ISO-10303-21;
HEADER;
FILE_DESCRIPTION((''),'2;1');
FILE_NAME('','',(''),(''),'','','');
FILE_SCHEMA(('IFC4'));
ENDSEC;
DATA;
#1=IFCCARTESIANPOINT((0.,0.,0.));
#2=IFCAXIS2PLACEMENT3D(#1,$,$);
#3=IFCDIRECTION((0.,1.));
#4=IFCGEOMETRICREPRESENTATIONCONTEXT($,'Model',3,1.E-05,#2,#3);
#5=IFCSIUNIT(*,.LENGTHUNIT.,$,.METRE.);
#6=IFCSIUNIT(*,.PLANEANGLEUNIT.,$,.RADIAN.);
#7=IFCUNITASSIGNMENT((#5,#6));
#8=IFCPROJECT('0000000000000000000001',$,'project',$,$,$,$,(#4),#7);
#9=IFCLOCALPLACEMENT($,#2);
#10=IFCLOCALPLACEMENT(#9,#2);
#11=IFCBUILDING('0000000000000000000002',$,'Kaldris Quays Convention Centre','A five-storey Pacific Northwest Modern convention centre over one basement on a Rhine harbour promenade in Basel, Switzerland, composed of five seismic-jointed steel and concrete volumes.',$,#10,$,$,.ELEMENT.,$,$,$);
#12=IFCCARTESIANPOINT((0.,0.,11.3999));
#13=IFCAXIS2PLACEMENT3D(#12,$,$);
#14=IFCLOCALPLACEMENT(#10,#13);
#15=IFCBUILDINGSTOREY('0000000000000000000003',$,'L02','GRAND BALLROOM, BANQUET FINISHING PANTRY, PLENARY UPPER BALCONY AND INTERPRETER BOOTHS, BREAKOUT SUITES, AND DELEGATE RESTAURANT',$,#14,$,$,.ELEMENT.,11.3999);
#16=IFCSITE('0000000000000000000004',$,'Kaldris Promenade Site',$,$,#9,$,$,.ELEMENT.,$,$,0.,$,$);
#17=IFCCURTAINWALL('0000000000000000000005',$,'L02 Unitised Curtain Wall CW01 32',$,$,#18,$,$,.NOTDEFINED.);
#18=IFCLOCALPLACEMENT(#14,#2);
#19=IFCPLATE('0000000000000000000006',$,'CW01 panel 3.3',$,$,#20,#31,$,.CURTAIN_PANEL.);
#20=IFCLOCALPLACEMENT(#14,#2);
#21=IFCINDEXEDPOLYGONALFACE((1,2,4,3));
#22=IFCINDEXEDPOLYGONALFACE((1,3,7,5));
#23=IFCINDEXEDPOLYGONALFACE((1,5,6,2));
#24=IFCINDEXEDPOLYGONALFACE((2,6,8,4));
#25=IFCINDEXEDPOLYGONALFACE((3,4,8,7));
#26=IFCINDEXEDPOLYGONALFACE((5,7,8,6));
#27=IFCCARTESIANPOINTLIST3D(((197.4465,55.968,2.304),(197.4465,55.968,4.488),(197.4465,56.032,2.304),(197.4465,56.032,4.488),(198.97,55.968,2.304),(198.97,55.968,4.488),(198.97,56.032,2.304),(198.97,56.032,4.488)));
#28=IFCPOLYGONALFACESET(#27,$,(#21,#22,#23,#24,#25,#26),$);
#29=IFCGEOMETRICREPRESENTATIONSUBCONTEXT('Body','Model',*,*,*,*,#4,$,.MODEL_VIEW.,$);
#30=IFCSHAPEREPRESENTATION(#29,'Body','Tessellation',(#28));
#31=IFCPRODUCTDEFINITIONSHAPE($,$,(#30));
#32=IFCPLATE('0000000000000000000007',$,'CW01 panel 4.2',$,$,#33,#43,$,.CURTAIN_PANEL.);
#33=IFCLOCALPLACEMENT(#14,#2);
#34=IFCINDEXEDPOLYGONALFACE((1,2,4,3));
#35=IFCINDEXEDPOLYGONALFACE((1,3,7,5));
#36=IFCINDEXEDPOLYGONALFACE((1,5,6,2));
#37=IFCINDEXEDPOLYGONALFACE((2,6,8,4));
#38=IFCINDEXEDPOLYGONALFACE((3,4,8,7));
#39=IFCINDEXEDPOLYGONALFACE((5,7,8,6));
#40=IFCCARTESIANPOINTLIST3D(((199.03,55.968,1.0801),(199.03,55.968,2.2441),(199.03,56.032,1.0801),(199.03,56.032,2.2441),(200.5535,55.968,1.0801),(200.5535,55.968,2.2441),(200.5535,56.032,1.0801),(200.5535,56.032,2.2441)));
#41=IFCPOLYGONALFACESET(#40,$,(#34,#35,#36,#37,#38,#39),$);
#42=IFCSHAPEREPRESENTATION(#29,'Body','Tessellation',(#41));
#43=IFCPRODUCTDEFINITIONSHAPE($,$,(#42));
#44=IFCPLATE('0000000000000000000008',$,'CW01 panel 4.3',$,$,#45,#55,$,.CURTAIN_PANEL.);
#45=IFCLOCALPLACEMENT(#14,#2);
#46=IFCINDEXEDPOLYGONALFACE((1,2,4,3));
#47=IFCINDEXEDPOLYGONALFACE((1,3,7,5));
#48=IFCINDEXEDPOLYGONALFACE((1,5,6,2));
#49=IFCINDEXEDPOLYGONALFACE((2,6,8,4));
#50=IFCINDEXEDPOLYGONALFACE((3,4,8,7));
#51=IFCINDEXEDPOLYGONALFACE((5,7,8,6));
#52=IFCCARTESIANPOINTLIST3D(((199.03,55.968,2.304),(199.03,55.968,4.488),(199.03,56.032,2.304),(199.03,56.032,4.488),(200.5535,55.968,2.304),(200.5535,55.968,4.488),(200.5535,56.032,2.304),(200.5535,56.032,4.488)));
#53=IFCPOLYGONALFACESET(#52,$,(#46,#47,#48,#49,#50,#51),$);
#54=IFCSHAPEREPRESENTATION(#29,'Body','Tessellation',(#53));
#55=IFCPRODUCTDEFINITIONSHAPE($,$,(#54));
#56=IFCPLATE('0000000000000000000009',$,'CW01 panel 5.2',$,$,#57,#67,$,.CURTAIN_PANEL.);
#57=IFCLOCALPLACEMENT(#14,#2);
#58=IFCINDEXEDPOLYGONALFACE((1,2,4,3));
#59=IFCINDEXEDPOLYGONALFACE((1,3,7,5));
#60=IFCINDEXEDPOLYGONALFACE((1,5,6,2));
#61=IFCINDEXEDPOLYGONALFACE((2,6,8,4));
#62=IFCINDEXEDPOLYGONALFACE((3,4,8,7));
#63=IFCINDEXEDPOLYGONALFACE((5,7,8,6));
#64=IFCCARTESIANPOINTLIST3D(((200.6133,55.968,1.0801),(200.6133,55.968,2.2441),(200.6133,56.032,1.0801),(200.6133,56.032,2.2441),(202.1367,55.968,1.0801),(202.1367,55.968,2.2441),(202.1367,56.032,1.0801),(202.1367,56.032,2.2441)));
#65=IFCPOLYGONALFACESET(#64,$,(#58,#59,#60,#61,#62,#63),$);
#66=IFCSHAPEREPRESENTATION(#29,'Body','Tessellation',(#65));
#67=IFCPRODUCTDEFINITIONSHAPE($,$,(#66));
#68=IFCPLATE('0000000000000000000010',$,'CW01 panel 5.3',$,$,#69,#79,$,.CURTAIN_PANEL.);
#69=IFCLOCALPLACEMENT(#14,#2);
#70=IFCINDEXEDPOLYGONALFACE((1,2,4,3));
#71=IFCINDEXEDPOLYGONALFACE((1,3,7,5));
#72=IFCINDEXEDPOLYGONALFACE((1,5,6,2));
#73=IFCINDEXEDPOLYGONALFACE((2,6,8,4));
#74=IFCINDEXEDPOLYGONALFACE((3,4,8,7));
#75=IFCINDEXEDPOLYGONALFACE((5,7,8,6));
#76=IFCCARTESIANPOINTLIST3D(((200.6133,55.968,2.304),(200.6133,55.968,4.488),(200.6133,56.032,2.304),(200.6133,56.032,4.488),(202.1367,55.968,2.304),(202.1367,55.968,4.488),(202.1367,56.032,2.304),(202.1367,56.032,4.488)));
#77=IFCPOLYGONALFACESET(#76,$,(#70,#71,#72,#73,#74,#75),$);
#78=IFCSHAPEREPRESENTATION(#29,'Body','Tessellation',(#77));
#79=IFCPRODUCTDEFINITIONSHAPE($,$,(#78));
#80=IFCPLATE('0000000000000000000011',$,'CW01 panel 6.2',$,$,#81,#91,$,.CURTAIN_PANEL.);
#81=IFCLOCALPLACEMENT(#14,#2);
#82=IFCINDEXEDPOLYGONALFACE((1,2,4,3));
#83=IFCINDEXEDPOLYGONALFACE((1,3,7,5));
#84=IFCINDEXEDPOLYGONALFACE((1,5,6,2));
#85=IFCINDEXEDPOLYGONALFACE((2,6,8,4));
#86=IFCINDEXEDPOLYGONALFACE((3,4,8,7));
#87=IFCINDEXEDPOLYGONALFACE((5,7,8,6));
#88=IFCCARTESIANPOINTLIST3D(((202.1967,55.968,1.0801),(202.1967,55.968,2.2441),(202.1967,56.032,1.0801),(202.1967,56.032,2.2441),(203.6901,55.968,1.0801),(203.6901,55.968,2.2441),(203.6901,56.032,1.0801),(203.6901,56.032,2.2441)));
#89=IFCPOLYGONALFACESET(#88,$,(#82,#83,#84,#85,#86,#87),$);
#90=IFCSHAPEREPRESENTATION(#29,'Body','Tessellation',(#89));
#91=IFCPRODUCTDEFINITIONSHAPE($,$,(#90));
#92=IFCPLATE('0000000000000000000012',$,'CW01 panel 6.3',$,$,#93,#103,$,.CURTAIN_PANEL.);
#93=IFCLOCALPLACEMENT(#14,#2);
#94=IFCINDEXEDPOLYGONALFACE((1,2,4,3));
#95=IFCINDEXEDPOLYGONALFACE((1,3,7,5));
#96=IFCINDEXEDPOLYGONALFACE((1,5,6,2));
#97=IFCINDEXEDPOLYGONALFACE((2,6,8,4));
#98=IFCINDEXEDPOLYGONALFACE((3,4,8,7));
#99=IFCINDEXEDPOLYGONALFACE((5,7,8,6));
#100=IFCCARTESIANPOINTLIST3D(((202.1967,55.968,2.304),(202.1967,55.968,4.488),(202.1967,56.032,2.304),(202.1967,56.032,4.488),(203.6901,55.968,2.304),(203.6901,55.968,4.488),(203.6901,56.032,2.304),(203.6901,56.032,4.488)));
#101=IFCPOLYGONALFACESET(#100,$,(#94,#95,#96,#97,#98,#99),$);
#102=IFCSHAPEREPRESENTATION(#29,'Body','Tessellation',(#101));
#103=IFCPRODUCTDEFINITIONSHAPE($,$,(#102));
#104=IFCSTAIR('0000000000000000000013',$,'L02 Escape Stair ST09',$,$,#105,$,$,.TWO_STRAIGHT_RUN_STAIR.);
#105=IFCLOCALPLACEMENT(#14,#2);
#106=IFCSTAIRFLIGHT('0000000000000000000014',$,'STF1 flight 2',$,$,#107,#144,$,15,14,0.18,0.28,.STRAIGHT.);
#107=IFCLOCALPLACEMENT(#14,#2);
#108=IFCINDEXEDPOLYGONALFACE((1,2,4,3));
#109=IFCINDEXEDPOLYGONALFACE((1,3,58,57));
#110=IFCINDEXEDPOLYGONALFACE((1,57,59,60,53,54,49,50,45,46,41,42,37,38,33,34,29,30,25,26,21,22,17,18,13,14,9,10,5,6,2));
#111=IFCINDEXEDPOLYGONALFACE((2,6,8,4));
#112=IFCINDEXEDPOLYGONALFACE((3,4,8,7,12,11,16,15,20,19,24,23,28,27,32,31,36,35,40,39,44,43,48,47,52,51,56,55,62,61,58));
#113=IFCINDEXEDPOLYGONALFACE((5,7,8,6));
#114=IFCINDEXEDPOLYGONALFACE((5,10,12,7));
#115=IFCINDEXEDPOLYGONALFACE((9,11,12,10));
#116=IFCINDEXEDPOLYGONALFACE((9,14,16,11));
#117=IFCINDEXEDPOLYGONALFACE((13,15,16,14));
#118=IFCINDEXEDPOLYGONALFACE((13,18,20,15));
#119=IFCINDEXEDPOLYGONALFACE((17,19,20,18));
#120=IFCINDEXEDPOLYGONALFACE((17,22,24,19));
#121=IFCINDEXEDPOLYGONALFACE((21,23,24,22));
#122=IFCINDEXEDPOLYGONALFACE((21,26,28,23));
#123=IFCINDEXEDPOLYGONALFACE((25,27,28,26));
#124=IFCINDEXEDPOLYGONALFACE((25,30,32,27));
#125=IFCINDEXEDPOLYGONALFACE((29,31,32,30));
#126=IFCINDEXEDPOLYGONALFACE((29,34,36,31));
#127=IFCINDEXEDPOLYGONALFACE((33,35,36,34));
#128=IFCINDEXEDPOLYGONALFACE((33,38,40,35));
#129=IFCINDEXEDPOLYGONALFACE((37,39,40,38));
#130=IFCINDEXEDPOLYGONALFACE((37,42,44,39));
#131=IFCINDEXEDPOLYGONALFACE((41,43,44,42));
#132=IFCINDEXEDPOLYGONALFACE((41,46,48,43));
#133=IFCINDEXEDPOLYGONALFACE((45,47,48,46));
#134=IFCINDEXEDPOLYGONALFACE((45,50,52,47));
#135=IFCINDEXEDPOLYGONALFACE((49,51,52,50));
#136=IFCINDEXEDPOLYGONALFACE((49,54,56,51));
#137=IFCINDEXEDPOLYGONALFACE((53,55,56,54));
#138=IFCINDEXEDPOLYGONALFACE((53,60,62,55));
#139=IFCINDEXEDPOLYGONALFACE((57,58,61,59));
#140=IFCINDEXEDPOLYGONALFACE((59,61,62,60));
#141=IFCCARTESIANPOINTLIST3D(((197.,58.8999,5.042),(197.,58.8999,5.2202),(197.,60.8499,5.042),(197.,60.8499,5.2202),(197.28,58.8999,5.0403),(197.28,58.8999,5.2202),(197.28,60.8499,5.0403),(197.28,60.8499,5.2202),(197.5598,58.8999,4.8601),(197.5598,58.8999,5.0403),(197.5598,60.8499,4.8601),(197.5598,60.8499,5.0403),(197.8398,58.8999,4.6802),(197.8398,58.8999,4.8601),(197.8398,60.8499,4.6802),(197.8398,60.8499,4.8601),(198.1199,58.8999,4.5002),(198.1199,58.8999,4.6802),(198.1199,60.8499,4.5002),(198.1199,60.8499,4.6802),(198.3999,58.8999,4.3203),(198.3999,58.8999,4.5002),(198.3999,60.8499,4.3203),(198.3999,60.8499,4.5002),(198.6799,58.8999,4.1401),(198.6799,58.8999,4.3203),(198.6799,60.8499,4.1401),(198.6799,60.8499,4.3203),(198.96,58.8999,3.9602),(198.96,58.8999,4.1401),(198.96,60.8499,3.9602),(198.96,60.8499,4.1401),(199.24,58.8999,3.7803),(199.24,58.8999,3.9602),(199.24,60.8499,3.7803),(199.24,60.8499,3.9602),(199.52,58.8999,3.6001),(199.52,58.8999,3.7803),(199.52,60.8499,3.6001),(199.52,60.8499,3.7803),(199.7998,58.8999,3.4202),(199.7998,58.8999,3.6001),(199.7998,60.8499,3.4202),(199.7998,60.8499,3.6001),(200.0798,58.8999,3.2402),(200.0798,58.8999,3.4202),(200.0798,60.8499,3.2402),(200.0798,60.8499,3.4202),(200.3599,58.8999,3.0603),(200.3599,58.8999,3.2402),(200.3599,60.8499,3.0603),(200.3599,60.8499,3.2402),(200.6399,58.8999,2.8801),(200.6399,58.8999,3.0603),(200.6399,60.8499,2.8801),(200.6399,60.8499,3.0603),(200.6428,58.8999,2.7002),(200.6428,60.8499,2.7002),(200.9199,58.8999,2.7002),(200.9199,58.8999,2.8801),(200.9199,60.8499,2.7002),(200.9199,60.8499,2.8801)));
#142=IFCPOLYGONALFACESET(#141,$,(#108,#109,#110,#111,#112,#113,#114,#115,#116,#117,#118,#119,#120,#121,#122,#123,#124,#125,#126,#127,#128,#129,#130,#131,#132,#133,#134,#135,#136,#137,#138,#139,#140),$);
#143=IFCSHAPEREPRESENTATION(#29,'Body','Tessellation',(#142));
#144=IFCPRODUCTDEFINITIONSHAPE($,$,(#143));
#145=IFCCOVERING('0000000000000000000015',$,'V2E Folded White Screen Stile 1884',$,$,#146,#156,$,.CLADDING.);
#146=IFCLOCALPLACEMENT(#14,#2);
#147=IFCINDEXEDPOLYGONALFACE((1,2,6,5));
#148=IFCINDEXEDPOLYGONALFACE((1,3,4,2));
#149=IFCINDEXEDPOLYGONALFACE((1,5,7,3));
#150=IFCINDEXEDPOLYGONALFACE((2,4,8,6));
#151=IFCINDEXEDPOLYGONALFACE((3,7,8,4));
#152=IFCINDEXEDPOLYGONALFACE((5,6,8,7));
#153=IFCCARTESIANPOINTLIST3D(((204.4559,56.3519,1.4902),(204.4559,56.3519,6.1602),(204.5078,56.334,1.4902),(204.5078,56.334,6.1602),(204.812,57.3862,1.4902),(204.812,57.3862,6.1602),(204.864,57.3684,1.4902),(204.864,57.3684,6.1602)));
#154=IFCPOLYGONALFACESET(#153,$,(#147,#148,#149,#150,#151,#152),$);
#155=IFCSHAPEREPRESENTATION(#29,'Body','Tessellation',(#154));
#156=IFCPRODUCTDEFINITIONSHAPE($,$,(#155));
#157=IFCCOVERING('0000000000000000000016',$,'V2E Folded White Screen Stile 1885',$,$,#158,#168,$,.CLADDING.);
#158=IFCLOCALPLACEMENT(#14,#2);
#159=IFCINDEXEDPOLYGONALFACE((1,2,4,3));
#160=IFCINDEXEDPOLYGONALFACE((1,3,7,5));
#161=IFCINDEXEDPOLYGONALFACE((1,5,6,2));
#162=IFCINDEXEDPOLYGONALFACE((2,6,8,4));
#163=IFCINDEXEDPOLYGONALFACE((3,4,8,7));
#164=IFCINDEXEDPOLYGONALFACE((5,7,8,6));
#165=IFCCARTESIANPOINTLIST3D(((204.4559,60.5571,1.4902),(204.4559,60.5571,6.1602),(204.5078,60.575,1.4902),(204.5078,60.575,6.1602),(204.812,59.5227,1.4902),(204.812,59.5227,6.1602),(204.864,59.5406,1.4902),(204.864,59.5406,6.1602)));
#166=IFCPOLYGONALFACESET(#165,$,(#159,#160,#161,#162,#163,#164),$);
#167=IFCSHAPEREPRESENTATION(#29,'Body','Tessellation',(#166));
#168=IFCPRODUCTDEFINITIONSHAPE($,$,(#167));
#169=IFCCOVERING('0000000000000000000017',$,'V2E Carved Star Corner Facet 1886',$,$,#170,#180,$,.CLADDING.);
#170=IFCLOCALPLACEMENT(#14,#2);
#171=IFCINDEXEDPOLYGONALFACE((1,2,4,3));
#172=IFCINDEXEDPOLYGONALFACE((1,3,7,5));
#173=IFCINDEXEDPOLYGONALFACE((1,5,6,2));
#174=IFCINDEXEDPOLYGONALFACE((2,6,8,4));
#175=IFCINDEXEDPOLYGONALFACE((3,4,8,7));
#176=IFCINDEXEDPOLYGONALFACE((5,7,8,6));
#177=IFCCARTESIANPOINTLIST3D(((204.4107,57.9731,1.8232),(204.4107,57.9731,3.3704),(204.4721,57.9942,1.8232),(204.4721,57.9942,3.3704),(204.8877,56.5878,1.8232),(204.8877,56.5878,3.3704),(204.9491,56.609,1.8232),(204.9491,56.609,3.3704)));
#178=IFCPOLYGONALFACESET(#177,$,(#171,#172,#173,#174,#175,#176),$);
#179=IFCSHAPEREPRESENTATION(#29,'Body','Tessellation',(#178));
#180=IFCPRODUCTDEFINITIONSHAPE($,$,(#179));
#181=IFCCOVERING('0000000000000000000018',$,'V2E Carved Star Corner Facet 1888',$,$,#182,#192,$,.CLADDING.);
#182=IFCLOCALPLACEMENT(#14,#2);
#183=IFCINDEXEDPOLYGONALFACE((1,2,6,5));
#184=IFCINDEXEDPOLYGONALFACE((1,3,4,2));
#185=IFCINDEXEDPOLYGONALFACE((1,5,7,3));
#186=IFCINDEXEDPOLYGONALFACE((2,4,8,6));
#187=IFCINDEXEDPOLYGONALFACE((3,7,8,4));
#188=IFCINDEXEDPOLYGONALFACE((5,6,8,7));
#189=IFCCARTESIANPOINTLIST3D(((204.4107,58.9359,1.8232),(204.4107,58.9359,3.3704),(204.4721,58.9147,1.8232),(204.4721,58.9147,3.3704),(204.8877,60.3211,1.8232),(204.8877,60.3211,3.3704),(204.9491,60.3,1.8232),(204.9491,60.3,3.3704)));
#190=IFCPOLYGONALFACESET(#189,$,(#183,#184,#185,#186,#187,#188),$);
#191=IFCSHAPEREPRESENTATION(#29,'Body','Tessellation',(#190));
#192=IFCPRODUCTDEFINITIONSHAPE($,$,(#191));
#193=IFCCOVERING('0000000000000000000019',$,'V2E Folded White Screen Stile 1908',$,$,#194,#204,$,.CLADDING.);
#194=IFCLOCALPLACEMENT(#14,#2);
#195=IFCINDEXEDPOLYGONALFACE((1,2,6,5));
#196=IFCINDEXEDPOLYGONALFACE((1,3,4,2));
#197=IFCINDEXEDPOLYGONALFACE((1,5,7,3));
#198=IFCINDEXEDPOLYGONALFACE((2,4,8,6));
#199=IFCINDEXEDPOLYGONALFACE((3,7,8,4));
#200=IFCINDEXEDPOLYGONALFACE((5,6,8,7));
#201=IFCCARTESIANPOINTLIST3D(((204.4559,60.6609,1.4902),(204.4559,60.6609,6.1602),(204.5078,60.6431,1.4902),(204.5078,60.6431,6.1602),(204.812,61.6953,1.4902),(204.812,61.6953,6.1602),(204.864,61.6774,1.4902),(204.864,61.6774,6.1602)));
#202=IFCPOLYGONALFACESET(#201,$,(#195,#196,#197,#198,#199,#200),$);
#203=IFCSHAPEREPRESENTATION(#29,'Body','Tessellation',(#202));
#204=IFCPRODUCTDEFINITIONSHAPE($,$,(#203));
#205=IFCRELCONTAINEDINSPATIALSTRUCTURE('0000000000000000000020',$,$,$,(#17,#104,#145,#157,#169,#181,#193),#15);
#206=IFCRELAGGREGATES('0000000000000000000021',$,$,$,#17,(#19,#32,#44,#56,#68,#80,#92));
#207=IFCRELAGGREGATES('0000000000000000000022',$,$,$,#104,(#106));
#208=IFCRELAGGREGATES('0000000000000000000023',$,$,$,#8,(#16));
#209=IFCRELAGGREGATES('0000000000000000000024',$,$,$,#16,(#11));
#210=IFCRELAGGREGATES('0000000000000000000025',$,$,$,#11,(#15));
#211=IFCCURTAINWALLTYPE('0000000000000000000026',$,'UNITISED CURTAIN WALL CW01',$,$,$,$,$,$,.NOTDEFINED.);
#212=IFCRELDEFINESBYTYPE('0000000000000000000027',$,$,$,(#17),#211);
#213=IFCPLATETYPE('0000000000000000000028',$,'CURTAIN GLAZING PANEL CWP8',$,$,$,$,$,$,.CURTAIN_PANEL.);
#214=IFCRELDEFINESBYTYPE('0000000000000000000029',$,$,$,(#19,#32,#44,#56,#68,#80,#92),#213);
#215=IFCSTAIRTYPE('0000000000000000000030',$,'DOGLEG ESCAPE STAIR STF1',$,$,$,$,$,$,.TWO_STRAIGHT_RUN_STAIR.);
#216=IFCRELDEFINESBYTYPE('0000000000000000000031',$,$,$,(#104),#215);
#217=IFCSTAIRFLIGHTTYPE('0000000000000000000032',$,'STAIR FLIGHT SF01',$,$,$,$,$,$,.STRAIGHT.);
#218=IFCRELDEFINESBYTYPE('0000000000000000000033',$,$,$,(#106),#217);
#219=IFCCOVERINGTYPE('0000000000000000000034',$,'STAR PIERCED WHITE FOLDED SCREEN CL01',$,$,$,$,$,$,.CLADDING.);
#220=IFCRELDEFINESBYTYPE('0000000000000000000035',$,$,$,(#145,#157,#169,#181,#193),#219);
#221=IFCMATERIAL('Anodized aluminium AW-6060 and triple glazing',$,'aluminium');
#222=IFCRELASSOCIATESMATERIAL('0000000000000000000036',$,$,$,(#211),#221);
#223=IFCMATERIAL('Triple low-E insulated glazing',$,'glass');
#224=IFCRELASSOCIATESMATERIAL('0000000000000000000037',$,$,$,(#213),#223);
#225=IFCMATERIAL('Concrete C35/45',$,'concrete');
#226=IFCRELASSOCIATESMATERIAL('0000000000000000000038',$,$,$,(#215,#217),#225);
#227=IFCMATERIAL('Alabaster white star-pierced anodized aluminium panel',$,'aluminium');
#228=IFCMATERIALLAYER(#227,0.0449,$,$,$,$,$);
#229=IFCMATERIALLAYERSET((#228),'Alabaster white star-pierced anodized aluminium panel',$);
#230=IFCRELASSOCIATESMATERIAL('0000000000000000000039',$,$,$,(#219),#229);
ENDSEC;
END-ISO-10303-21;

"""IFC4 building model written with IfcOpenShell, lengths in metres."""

from ifc_helpers import new_model, si_unit, direction, frame, origin, origin_2d, place, context, subcontext, project, spatial, polyline, rectangle, outline, extrude, material, layer, layer_set, type_object, element, aggregate, save


model = new_model("IFC4")

# Units and contexts
model_context = context("Model", 3, precision=1e-05, world=origin(), true_north=direction((0.0, 1.0)))
body_context = subcontext(model_context, "Body", "Model", "MODEL_VIEW")
ifc_project = project(units=[si_unit("LENGTHUNIT", "METRE"), si_unit("PLANEANGLEUNIT", "RADIAN")], contexts=[model_context])

# Site, building, storey
site_placement = place(None, origin())
site = spatial("IfcSite", under=ifc_project, at=site_placement, Name="Kaldris Promenade Site", CompositionType="ELEMENT", RefElevation=0.0)
building_placement = place(site_placement, origin())
building = spatial("IfcBuilding", under=site, at=building_placement, Name="Kaldris Quays Convention Centre", Description="A five-storey Pacific Northwest Modern convention centre over one basement on a Rhine harbour promenade in Basel, Switzerland, composed of five seismic-jointed steel and concrete volumes.", CompositionType="ELEMENT")
storey_placement = place(building_placement, frame((0.0, 0.0, 11.3999)))
storey = spatial("IfcBuildingStorey", under=building, at=storey_placement, Name="L02", Description="GRAND BALLROOM, BANQUET FINISHING PANTRY, PLENARY UPPER BALCONY AND INTERPRETER BOOTHS, BREAKOUT SUITES, AND DELEGATE RESTAURANT", CompositionType="ELEMENT", Elevation=11.3999)

# Curtain wall
ifc_material_1 = material(Name="Anodized aluminium AW-6060 and triple glazing", Category="aluminium")
curtain_wall_type_1 = type_object("IfcCurtainWallType", Name="UNITISED CURTAIN WALL CW01", PredefinedType="NOTDEFINED", material=ifc_material_1)
curtain_wall_1_placement = place(storey_placement, origin())
curtain_wall_1 = element("IfcCurtainWall", 1, at=curtain_wall_1_placement, inside=storey, type_object=curtain_wall_type_1, Name="L02 Unitised Curtain Wall CW01 32", PredefinedType="NOTDEFINED")

# Shared definitions
ifc_material_2 = material(Name="Triple low-E insulated glazing", Category="glass")

# Plates
plate_type_1 = type_object("IfcPlateType", Name="CURTAIN GLAZING PANEL CWP8", PredefinedType="CURTAIN_PANEL", material=ifc_material_2)
plate_1_placement = place(storey_placement, frame((198.2083, 56.0, 2.304), z_axis=(0.0, 0.0, 1.0), x_axis=(1.0, 0.0, 0.0)))
plate_1 = element("IfcPlate", 2, at=plate_1_placement, type_object=plate_type_1, Name="CW01 panel 3.3", PredefinedType="CURTAIN_PANEL", context=body_context, shape_type="SweptSolid", body=[
    extrude(rectangle(XDim=1.5234, YDim=0.064, at=origin_2d()), origin(), (0.0, 0.0, 1.0), 2.1841),
])
plate_2_placement = place(storey_placement, frame((199.7917, 56.0, 1.0801), z_axis=(0.0, 0.0, 1.0), x_axis=(1.0, 0.0, 0.0)))
plate_2 = element("IfcPlate", 3, at=plate_2_placement, type_object=plate_type_1, Name="CW01 panel 4.2", PredefinedType="CURTAIN_PANEL", context=body_context, shape_type="SweptSolid", body=[
    extrude(rectangle(XDim=1.5234, YDim=0.064, at=origin_2d()), origin(), (0.0, 0.0, 1.0), 1.1641),
])
plate_3_placement = place(storey_placement, frame((199.7917, 56.0, 2.304), z_axis=(0.0, 0.0, 1.0), x_axis=(1.0, 0.0, 0.0)))
plate_3 = element("IfcPlate", 4, at=plate_3_placement, type_object=plate_type_1, Name="CW01 panel 4.3", PredefinedType="CURTAIN_PANEL", context=body_context, shape_type="SweptSolid", body=[
    extrude(rectangle(XDim=1.5234, YDim=0.064, at=origin_2d()), origin(), (0.0, 0.0, 1.0), 2.1841),
])
plate_4_placement = place(storey_placement, frame((201.375, 56.0, 1.0801), z_axis=(0.0, 0.0, 1.0), x_axis=(1.0, 0.0, 0.0)))
plate_4 = element("IfcPlate", 5, at=plate_4_placement, type_object=plate_type_1, Name="CW01 panel 5.2", PredefinedType="CURTAIN_PANEL", context=body_context, shape_type="SweptSolid", body=[
    extrude(rectangle(XDim=1.5234, YDim=0.064, at=origin_2d()), origin(), (0.0, 0.0, 1.0), 1.1641),
])
plate_5_placement = place(storey_placement, frame((201.375, 56.0, 2.304), z_axis=(0.0, 0.0, 1.0), x_axis=(1.0, 0.0, 0.0)))
plate_5 = element("IfcPlate", 6, at=plate_5_placement, type_object=plate_type_1, Name="CW01 panel 5.3", PredefinedType="CURTAIN_PANEL", context=body_context, shape_type="SweptSolid", body=[
    extrude(rectangle(XDim=1.5234, YDim=0.064, at=origin_2d()), origin(), (0.0, 0.0, 1.0), 2.1841),
])
plate_6_placement = place(storey_placement, frame((202.9434, 56.0, 1.0801), z_axis=(0.0, 0.0, 1.0), x_axis=(1.0, 0.0, 0.0)))
plate_6 = element("IfcPlate", 7, at=plate_6_placement, type_object=plate_type_1, Name="CW01 panel 6.2", PredefinedType="CURTAIN_PANEL", context=body_context, shape_type="SweptSolid", body=[
    extrude(rectangle(XDim=1.4934, YDim=0.064, at=origin_2d()), origin(), (0.0, 0.0, 1.0), 1.1641),
])
plate_7_placement = place(storey_placement, frame((202.9434, 56.0, 2.304), z_axis=(0.0, 0.0, 1.0), x_axis=(1.0, 0.0, 0.0)))
plate_7 = element("IfcPlate", 8, at=plate_7_placement, type_object=plate_type_1, Name="CW01 panel 6.3", PredefinedType="CURTAIN_PANEL", context=body_context, shape_type="SweptSolid", body=[
    extrude(rectangle(XDim=1.4934, YDim=0.064, at=origin_2d()), origin(), (0.0, 0.0, 1.0), 2.1841),
])
aggregate(curtain_wall_1, [plate_1, plate_2, plate_3, plate_4, plate_5, plate_6, plate_7])

# Stair, stair flight
ifc_material_3 = material(Name="Concrete C35/45", Category="concrete")
stair_type = type_object("IfcStairType", Name="DOGLEG ESCAPE STAIR STF1", PredefinedType="TWO_STRAIGHT_RUN_STAIR", material=ifc_material_3)
stair_placement = place(storey_placement, origin())
stair = element("IfcStair", 9, at=stair_placement, inside=storey, type_object=stair_type, Name="L02 Escape Stair ST09", PredefinedType="TWO_STRAIGHT_RUN_STAIR")
stair_flight_type = type_object("IfcStairFlightType", Name="STAIR FLIGHT SF01", PredefinedType="STRAIGHT", material=ifc_material_3)
stair_flight_placement = place(storey_placement, frame((200.9199, 59.875, 2.7002), z_axis=(0.0, 0.0, 1.0), x_axis=(-1.0, 0.0, 0.0)))
stair_flight = element("IfcStairFlight", 10, at=stair_flight_placement, type_object=stair_flight_type, Name="STF1 flight 2", NumberOfRisers=15, NumberOfTreads=14, PredefinedType="STRAIGHT", RiserHeight=0.18, TreadLength=0.28, context=body_context, shape_type="SweptSolid", body=[
    extrude(outline(polyline([(0.0, 0.0), (0.0, 0.1799), (0.28, 0.1799), (0.28, 0.3601), (0.5601, 0.3601), (0.5601, 0.54), (0.8401, 0.54), (0.8401, 0.72), (1.1201, 0.72), (1.1201, 0.8999), (1.3999, 0.8999), (1.3999, 1.0801), (1.6799, 1.0801), (1.6799, 1.26), (1.96, 1.26), (1.96, 1.4399), (2.24, 1.4399), (2.24, 1.6201), (2.52, 1.6201), (2.52, 1.8), (2.8, 1.8), (2.8, 1.98), (3.0801, 1.98), (3.0801, 2.1599), (3.3601, 2.1599), (3.3601, 2.3401), (3.6399, 2.3401), (3.6399, 2.52), (3.9199, 2.52), (3.9199, 2.7), (3.9199, 2.3418), (0.2771, 0.0), (0.0, 0.0)])), frame((0.0, 0.9751, 0.0), z_axis=(0.0, -1.0, 0.0), x_axis=(1.0, 0.0, 0.0)), (0.0, 0.0, 1.0), 1.95),
])
aggregate(stair, [stair_flight])

# Coverings
ifc_material_4 = material(Name="Alabaster white star-pierced anodized aluminium panel", Category="aluminium")
ifc_layer = layer(ifc_material_4, 0.0449)
ifc_layer_set = layer_set([ifc_layer], Name="Alabaster white star-pierced anodized aluminium panel")
covering_type = type_object("IfcCoveringType", Name="STAR PIERCED WHITE FOLDED SCREEN CL01", PredefinedType="CLADDING", material=ifc_layer_set)
for number, where, z_axis, x_axis, name in (
    (11, (204.6599, 56.8601, 1.4902), (0.0, 0.0, 1.0), (0.325568, 0.945519, 0.0), "V2E Folded White Screen Stile 1884"),
    (12, (204.6599, 60.0488, 1.4902), (0.0, 0.0, 1.0), (-0.325568, 0.945519, 0.0), "V2E Folded White Screen Stile 1885"),
):
    element("IfcCovering", number, at=place(storey_placement, frame(where, z_axis=z_axis, x_axis=x_axis)), inside=storey, type_object=covering_type, Name=name, PredefinedType="CLADDING", context=body_context, shape_type="SweptSolid", body=[
        extrude(rectangle(XDim=1.094, YDim=0.0549, at=origin_2d()), origin(), (0.0, 0.0, 1.0), 4.6699),
    ])
for number, where, z_axis, x_axis, name in (
    (13, (204.6799, 57.291, 1.8232), (0.0, 0.0, 1.0), (-0.325568, 0.945519, 0.0), "V2E Carved Star Corner Facet 1886"),
    (14, (204.6799, 59.6179, 1.8232), (0.0, 0.0, 1.0), (0.325568, 0.945519, 0.0), "V2E Carved Star Corner Facet 1888"),
):
    element("IfcCovering", number, at=place(storey_placement, frame(where, z_axis=z_axis, x_axis=x_axis)), inside=storey, type_object=covering_type, Name=name, PredefinedType="CLADDING", context=body_context, shape_type="SweptSolid", body=[
        extrude(rectangle(XDim=1.4651, YDim=0.0649, at=origin_2d()), origin(), (0.0, 0.0, 1.0), 1.5471),
    ])
covering_1_placement = place(storey_placement, frame((204.6599, 61.1692, 1.4902), z_axis=(0.0, 0.0, 1.0), x_axis=(0.325568, 0.945519, 0.0)))
element("IfcCovering", 15, at=covering_1_placement, inside=storey, type_object=covering_type, Name="V2E Folded White Screen Stile 1908", PredefinedType="CLADDING", context=body_context, shape_type="SweptSolid", body=[
    extrude(rectangle(XDim=1.094, YDim=0.0549, at=origin_2d()), origin(), (0.0, 0.0, 1.0), 4.6699),
])

save(model, "model.ifc")
